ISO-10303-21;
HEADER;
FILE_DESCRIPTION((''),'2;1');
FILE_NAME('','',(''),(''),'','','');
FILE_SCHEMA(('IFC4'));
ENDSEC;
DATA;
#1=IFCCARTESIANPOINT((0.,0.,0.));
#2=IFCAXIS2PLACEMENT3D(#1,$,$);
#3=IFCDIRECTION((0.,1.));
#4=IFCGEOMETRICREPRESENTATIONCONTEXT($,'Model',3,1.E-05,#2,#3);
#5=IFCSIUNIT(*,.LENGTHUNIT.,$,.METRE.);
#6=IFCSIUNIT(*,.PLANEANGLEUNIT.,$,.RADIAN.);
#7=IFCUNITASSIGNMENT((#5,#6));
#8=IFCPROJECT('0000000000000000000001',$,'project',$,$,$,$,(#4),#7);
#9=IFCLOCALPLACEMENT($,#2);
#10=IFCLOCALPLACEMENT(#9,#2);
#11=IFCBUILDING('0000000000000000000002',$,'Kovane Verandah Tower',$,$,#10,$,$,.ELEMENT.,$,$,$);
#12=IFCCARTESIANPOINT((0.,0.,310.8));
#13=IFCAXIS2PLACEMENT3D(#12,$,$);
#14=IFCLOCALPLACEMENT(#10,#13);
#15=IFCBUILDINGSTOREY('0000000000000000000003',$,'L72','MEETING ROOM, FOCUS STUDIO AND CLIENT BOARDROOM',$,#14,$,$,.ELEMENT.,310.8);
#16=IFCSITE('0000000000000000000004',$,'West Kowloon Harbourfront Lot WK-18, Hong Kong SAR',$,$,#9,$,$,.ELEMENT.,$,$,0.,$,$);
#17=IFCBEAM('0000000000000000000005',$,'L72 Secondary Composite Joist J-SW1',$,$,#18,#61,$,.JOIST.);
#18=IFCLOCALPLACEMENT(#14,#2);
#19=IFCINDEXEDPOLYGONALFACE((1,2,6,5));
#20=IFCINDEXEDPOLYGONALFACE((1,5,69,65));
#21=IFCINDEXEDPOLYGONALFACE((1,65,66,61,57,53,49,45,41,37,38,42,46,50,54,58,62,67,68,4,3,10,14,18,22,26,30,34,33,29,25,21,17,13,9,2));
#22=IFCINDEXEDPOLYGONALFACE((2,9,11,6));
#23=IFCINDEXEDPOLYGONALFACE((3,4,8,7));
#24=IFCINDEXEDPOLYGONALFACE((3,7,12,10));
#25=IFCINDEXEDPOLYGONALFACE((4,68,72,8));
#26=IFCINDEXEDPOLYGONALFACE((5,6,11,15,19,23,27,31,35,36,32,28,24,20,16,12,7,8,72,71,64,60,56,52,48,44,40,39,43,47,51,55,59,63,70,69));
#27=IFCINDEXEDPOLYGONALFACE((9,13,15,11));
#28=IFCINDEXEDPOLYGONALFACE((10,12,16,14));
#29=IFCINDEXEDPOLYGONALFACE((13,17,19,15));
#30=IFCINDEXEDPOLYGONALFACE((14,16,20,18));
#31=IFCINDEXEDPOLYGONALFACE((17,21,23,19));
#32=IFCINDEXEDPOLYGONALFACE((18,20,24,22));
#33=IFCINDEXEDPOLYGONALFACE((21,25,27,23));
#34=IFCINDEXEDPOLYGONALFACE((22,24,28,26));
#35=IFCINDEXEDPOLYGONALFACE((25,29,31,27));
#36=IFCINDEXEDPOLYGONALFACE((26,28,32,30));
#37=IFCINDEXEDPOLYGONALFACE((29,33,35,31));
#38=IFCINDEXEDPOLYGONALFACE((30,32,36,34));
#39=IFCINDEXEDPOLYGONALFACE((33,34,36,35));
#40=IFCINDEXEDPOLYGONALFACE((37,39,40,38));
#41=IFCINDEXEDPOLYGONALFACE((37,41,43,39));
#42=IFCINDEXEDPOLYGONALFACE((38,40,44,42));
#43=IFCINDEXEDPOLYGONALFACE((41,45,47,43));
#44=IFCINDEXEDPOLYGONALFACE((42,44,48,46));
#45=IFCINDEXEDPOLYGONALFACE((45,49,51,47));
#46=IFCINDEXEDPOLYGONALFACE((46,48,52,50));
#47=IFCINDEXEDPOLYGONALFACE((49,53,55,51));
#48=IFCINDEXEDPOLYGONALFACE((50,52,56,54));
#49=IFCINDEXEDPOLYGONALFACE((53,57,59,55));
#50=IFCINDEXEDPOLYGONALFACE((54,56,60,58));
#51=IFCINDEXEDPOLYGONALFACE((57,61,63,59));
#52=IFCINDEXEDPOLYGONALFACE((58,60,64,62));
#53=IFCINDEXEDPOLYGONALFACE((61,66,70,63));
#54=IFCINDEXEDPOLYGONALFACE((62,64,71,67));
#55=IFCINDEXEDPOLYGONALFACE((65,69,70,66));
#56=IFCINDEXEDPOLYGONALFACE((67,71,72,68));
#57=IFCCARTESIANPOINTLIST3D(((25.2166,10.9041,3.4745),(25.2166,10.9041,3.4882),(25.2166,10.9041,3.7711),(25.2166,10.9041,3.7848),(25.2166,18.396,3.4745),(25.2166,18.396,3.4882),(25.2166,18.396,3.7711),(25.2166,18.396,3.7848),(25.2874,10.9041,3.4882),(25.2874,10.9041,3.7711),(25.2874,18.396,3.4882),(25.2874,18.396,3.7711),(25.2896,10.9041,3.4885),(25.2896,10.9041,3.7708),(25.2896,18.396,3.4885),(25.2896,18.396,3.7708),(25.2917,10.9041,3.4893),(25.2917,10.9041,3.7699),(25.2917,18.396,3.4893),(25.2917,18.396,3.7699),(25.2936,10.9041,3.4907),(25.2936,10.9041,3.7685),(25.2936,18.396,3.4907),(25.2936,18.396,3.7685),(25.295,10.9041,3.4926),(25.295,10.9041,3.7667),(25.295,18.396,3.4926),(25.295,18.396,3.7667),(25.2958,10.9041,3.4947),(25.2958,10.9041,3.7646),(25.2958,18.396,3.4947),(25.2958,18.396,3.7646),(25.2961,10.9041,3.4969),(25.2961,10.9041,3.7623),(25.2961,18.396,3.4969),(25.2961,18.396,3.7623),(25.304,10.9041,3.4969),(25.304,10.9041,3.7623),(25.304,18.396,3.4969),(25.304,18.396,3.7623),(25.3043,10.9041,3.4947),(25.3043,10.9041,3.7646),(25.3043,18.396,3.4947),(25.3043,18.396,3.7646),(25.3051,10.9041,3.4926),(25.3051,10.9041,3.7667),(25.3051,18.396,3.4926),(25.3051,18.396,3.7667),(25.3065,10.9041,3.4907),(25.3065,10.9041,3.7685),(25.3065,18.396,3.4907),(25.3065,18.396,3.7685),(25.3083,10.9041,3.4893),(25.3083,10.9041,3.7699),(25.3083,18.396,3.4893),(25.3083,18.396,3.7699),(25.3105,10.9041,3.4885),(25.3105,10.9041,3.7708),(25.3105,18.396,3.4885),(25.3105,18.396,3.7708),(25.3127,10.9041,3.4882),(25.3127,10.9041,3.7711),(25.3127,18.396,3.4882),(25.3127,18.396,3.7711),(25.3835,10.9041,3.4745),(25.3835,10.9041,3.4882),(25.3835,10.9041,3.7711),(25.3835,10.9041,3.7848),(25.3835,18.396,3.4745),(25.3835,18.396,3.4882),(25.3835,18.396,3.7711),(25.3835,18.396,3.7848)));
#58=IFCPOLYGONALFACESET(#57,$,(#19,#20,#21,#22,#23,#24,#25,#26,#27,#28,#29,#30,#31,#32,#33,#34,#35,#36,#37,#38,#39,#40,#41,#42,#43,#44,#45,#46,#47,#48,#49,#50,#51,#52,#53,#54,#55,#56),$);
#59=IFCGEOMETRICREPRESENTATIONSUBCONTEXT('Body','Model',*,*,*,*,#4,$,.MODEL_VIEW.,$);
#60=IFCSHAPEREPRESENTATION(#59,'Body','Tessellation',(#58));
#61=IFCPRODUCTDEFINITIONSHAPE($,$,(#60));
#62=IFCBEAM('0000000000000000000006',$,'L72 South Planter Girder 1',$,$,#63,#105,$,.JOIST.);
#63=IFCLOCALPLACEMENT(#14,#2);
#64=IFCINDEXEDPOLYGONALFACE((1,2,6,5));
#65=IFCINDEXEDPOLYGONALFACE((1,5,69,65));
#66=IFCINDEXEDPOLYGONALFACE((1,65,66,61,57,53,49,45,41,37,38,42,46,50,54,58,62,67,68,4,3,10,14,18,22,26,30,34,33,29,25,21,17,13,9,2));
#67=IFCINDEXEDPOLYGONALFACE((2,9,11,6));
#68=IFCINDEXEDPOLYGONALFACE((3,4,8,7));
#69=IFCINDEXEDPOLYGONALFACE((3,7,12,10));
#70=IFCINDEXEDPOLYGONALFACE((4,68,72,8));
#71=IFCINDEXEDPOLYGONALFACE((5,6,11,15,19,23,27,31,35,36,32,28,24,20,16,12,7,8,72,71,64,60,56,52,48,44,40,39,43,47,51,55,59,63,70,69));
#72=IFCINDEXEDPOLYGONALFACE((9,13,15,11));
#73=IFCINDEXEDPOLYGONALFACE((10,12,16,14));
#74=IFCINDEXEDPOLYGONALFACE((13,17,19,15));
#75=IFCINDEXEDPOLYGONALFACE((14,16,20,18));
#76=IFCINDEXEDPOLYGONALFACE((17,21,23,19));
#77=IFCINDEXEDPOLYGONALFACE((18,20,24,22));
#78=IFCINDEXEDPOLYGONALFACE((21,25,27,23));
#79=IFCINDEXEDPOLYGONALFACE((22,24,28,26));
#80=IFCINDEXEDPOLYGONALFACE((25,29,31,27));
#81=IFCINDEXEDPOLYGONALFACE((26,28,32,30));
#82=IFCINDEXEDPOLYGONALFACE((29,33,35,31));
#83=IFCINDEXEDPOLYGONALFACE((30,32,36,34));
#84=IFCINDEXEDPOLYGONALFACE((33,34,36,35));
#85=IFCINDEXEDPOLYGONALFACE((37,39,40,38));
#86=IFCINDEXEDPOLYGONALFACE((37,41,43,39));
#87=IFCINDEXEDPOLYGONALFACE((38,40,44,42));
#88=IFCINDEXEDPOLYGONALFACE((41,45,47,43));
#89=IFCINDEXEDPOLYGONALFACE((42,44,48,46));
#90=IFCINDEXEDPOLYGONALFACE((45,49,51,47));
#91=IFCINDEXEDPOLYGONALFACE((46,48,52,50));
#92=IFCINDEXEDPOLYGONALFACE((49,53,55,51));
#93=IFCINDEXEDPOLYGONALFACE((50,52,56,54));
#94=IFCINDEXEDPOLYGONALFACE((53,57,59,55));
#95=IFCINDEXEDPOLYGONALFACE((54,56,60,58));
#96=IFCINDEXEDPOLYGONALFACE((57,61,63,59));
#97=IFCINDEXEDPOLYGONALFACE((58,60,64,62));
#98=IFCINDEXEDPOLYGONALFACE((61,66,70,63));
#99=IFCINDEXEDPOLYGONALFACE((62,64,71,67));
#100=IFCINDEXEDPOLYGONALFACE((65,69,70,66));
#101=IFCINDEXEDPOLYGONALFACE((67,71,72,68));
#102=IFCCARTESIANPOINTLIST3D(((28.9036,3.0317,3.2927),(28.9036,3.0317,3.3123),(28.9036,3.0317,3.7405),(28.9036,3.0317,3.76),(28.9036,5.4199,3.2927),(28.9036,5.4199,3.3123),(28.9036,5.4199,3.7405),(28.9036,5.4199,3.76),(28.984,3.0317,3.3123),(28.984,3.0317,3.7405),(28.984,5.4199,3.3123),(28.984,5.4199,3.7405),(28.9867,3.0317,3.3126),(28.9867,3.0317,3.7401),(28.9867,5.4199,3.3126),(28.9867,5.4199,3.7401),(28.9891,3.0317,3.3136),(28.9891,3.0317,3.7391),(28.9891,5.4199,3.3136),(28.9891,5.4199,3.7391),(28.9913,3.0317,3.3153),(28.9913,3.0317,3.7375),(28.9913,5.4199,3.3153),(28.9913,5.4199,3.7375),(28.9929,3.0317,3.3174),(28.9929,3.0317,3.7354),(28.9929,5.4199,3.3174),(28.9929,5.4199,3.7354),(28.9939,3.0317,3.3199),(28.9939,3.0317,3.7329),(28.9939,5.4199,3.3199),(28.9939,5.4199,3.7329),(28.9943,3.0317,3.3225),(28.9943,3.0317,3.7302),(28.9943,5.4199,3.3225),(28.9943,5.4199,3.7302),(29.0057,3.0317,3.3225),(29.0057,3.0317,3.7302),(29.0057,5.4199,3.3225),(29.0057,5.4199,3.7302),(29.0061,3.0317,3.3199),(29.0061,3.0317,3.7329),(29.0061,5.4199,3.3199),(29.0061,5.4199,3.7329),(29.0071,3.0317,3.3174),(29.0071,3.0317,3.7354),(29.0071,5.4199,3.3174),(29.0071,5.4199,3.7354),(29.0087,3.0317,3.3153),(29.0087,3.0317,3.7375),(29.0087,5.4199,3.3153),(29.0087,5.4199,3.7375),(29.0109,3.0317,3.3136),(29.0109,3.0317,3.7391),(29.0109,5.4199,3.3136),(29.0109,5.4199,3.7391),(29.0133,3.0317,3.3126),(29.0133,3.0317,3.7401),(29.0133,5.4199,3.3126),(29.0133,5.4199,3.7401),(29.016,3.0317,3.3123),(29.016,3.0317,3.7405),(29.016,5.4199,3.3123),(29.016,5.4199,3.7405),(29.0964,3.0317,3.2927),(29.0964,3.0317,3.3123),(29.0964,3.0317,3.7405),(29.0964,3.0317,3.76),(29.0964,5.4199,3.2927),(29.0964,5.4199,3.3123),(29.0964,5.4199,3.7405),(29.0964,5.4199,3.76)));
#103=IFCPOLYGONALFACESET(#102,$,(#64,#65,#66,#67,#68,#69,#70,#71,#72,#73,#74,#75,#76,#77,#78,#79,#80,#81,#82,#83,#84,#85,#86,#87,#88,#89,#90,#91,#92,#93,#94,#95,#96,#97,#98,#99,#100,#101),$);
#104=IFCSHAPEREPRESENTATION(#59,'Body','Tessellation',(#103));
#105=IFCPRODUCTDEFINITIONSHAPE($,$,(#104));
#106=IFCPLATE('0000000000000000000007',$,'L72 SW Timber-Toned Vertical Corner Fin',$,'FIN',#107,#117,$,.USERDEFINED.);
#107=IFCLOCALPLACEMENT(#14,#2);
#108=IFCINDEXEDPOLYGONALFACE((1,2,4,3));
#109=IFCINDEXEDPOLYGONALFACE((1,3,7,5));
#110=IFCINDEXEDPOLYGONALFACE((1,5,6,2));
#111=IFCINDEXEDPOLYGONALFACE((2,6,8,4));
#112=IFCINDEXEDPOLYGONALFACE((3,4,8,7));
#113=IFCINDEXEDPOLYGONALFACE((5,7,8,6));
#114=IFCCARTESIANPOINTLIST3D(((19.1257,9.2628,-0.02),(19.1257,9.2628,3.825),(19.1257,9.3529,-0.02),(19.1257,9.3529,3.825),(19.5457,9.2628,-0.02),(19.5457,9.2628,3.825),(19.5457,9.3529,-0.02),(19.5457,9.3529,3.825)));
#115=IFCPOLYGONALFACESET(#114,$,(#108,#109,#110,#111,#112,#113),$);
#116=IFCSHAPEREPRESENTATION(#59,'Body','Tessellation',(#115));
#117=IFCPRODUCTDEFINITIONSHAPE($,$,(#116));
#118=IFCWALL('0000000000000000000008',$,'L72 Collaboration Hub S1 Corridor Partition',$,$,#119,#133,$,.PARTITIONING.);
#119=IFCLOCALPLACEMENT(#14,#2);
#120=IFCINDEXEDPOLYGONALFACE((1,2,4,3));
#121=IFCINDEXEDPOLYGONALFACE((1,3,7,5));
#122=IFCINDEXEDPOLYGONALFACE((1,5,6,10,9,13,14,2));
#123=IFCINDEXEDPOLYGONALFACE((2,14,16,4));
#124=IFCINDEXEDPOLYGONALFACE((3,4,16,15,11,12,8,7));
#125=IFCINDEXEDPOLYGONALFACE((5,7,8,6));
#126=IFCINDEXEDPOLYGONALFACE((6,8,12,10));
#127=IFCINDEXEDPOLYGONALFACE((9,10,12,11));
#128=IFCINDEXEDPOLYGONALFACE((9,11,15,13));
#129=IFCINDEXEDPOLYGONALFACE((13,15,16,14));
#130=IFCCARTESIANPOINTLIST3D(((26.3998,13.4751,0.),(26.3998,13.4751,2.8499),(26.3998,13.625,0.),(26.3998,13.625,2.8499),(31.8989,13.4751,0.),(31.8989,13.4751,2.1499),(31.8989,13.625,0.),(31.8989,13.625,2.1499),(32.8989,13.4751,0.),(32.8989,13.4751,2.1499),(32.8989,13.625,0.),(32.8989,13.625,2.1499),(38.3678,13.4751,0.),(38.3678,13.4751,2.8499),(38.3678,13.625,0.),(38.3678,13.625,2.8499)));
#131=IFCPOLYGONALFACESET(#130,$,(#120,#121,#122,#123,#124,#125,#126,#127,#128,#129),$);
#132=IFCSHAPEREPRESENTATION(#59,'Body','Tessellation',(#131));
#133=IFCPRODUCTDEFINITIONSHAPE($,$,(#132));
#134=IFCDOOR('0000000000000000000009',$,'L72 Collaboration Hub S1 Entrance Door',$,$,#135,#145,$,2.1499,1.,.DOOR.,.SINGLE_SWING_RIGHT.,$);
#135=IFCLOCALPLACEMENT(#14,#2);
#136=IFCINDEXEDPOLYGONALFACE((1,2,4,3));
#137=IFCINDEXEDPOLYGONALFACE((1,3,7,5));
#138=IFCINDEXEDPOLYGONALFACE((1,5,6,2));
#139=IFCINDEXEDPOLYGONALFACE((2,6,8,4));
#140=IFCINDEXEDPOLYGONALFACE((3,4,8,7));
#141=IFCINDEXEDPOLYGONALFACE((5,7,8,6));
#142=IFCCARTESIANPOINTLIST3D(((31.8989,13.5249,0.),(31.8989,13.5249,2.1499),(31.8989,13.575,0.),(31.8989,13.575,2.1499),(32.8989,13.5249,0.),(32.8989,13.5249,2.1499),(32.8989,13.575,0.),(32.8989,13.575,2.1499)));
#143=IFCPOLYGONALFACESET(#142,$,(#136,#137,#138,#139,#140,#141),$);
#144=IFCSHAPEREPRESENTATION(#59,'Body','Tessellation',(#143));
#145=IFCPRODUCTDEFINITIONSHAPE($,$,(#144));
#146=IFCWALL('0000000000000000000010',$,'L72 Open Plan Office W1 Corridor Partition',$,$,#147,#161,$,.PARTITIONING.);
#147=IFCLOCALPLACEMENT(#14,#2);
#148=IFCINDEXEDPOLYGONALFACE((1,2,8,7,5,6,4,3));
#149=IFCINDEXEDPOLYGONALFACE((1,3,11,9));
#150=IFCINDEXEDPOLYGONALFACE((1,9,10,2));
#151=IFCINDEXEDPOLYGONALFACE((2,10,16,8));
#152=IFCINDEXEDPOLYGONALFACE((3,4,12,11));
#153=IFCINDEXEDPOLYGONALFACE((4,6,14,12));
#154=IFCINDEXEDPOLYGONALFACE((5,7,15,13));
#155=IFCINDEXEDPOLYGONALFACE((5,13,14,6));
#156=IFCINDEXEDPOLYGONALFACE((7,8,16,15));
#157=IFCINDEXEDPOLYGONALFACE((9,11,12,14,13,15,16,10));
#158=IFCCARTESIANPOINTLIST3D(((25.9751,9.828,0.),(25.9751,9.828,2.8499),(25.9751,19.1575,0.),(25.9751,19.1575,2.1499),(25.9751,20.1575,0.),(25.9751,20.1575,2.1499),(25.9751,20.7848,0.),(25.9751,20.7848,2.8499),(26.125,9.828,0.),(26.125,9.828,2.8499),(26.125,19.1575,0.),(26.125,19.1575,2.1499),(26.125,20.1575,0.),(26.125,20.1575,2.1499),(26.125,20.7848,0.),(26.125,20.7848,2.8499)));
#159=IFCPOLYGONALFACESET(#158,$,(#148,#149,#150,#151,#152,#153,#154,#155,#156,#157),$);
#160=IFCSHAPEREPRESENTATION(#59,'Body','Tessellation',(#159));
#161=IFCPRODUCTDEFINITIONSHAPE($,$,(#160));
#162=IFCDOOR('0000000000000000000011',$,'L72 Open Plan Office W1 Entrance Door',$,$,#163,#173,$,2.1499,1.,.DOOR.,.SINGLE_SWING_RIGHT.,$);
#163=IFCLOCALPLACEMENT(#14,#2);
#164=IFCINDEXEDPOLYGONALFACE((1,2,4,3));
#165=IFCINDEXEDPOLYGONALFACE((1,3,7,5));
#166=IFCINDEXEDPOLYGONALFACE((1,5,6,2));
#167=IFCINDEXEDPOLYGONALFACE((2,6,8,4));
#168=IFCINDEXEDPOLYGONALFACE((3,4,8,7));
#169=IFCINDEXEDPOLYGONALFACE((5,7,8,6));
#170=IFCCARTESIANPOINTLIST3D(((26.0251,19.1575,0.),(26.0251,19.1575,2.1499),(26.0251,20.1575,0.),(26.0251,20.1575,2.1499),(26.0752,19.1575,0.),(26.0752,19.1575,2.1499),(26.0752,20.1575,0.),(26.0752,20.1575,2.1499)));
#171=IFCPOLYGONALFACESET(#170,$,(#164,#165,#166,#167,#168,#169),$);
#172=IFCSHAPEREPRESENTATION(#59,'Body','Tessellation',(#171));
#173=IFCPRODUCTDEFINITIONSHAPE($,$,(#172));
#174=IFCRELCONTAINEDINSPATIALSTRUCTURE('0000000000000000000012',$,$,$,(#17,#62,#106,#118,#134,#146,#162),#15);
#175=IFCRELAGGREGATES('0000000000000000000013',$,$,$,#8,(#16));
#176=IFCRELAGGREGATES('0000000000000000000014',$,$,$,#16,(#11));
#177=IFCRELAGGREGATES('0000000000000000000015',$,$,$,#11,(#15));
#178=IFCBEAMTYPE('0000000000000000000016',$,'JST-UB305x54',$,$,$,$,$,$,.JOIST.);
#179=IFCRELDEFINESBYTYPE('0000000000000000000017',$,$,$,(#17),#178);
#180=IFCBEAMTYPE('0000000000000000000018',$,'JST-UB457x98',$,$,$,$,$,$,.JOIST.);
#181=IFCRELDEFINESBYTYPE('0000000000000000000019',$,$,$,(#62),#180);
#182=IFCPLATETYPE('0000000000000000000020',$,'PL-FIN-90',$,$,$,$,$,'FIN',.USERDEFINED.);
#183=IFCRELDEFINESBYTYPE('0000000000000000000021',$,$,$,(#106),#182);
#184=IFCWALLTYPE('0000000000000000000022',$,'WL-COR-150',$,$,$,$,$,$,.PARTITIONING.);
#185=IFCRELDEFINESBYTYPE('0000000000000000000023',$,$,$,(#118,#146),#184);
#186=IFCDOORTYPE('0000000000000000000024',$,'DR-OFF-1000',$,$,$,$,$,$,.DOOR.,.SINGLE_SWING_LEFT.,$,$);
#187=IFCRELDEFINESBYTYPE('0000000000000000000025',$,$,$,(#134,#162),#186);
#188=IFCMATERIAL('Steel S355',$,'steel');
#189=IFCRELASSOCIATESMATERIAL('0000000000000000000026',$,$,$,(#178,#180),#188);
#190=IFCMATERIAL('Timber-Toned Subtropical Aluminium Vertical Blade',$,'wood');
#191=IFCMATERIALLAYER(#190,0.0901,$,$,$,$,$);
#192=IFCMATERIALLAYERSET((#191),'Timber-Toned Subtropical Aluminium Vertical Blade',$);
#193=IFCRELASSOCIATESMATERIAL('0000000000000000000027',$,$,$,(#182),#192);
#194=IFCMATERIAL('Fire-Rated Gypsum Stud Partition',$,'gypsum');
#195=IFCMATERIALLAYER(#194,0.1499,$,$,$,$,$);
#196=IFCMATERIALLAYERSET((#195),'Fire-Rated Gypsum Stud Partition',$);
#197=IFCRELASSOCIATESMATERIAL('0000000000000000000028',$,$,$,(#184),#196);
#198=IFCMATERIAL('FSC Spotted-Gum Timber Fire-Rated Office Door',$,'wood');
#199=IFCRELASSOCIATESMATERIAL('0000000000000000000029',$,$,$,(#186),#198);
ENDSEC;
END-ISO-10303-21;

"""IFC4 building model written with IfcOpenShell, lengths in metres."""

from ifc_helpers import new_model, si_unit, direction, frame, frame_2d, origin, origin_2d, place, context, subcontext, project, spatial, rectangle, i_section, extrude, material, layer, layer_set, material_profile, profile_set, type_object, element, fill, save


model = new_model("IFC4")

# Units and contexts
model_context = context("Model", 3, precision=1e-05, world=origin(), true_north=direction((0.0, 1.0)))
body_context = subcontext(model_context, "Body", "Model", "MODEL_VIEW")
ifc_project = project(units=[si_unit("LENGTHUNIT", "METRE"), si_unit("PLANEANGLEUNIT", "RADIAN")], contexts=[model_context])

# Site, building, storey
site_placement = place(None, origin())
site = spatial("IfcSite", under=ifc_project, at=site_placement, Name="West Kowloon Harbourfront Lot WK-18, Hong Kong SAR", CompositionType="ELEMENT", RefElevation=0.0)
building_placement = place(site_placement, origin())
building = spatial("IfcBuilding", under=site, at=building_placement, Name="Kovane Verandah Tower", CompositionType="ELEMENT")
storey_placement = place(building_placement, frame((0.0, 0.0, 310.8)))
storey = spatial("IfcBuildingStorey", under=building, at=storey_placement, Name="L72", Description="MEETING ROOM, FOCUS STUDIO AND CLIENT BOARDROOM", CompositionType="ELEMENT", Elevation=310.8)

# Beams
ifc_material_1 = material(Name="Steel S355", Category="steel")
ifc_material_profile_1 = material_profile(ifc_material_1, i_section(OverallWidth=0.167, OverallDepth=0.3103, WebThickness=0.0078, FlangeThickness=0.0137, FilletRadius=0.0088, at=origin_2d()), Name="UB305x165x54")
ifc_profile_set_1 = profile_set([ifc_material_profile_1], Name="Steel S355")
beam_type_1 = type_object("IfcBeamType", Name="JST-UB305x54", PredefinedType="JOIST", material=ifc_profile_set_1)
beam_1_placement = place(storey_placement, frame((25.3, 10.9041, 3.6296), z_axis=(0.0, 1.0, 0.0), x_axis=(-1.0, 0.0, 0.0)))
element("IfcBeam", 1, at=beam_1_placement, inside=storey, type_object=beam_type_1, Name="L72 Secondary Composite Joist J-SW1", PredefinedType="JOIST", context=body_context, shape_type="SweptSolid", body=[
    extrude(i_section(OverallWidth=0.167, OverallDepth=0.3103, WebThickness=0.0078, FlangeThickness=0.0137, FilletRadius=0.0088, at=origin_2d()), origin(), (0.0, 0.0, 1.0), 7.4919),
])
ifc_material_profile_2 = material_profile(ifc_material_1, i_section(OverallWidth=0.1929, OverallDepth=0.4673, WebThickness=0.0115, FlangeThickness=0.0195, FilletRadius=0.0103, at=origin_2d()), Name="UB457x191x98")
ifc_profile_set_2 = profile_set([ifc_material_profile_2], Name="Steel S355")
beam_type_2 = type_object("IfcBeamType", Name="JST-UB457x98", PredefinedType="JOIST", material=ifc_profile_set_2)
beam_2_placement = place(storey_placement, frame((29.0, 5.4199, 3.5264), z_axis=(0.0, -1.0, 0.0), x_axis=(1.0, 0.0, 0.0)))
element("IfcBeam", 2, at=beam_2_placement, inside=storey, type_object=beam_type_2, Name="L72 South Planter Girder 1", PredefinedType="JOIST", context=body_context, shape_type="SweptSolid", body=[
    extrude(i_section(OverallWidth=0.1929, OverallDepth=0.4673, WebThickness=0.0115, FlangeThickness=0.0195, FilletRadius=0.0103, at=origin_2d()), origin(), (0.0, 0.0, 1.0), 2.3882),
])

# Plate
ifc_material_2 = material(Name="Timber-Toned Subtropical Aluminium Vertical Blade", Category="wood")
ifc_layer_1 = layer(ifc_material_2, 0.0901)
ifc_layer_set_1 = layer_set([ifc_layer_1], Name="Timber-Toned Subtropical Aluminium Vertical Blade")
plate_type = type_object("IfcPlateType", Name="PL-FIN-90", ElementType="FIN", PredefinedType="USERDEFINED", material=ifc_layer_set_1)
plate_placement = place(storey_placement, frame((19.3357, 9.3079, -0.02), z_axis=(0.0, 0.0, 1.0), x_axis=(1.0, 0.0, 0.0)))
element("IfcPlate", 3, at=plate_placement, inside=storey, type_object=plate_type, Name="L72 SW Timber-Toned Vertical Corner Fin", ObjectType="FIN", PredefinedType="USERDEFINED", context=body_context, shape_type="SweptSolid", body=[
    extrude(rectangle(XDim=0.4199, YDim=0.0901, at=origin_2d()), origin(), (0.0, 0.0, 1.0), 3.845),
])

# Walls, openings, doors
ifc_material_3 = material(Name="Fire-Rated Gypsum Stud Partition", Category="gypsum")
ifc_layer_2 = layer(ifc_material_3, 0.1499)
ifc_layer_set_2 = layer_set([ifc_layer_2], Name="Fire-Rated Gypsum Stud Partition")
wall_type_1 = type_object("IfcWallType", Name="WL-COR-150", PredefinedType="PARTITIONING", material=ifc_layer_set_2)
wall_1_placement = place(storey_placement, frame((26.3999, 13.55, 0.0), z_axis=(0.0, 0.0, 1.0), x_axis=(1.0, 0.0, 0.0)))
wall_1 = element("IfcWall", 4, at=wall_1_placement, inside=storey, type_object=wall_type_1, Name="L72 Collaboration Hub S1 Corridor Partition", PredefinedType="PARTITIONING", context=body_context, shape_type="SweptSolid", body=[
    extrude(rectangle(XDim=11.968, YDim=0.1499, at=frame_2d((5.9839, 0.0))), origin(), (0.0, 0.0, 1.0), 2.8499),
])
opening_1_placement = place(wall_1_placement, frame((5.499, 0.0, 0.0)))
opening_1 = element("IfcOpeningElement", 5, at=opening_1_placement, cuts=wall_1, PredefinedType="OPENING", context=body_context, shape_type="SweptSolid", body=[
    extrude(rectangle(XDim=1.0, YDim=2.1499, at=frame_2d((0.5, 1.075))), frame((0.0, 0.075, 0.0), z_axis=(0.0, -1.0, 0.0), x_axis=(1.0, 0.0, 0.0)), (0.0, 0.0, 1.0), 0.1499),
])
ifc_material_4 = material(Name="FSC Spotted-Gum Timber Fire-Rated Office Door", Category="wood")
door_type_1 = type_object("IfcDoorType", Name="DR-OFF-1000", OperationType="SINGLE_SWING_LEFT", PredefinedType="DOOR", material=ifc_material_4)
door_1_placement = place(opening_1_placement, origin())
door_1 = element("IfcDoor", 6, at=door_1_placement, inside=storey, type_object=door_type_1, Name="L72 Collaboration Hub S1 Entrance Door", OperationType="SINGLE_SWING_RIGHT", OverallHeight=2.1499, OverallWidth=1.0, PredefinedType="DOOR", context=body_context, shape_type="SweptSolid", body=[
    extrude(rectangle(XDim=1.0, YDim=2.1499, at=frame_2d((0.5, 1.075))), frame((0.0, 0.0249, 0.0), z_axis=(0.0, -1.0, 0.0), x_axis=(1.0, 0.0, 0.0)), (0.0, 0.0, 1.0), 0.05),
])
fill(opening_1, door_1)
wall_2_placement = place(storey_placement, frame((26.05, 9.8279, 0.0), z_axis=(0.0, 0.0, 1.0), x_axis=(0.0, 1.0, 0.0)))
wall_2 = element("IfcWall", 7, at=wall_2_placement, inside=storey, type_object=wall_type_1, Name="L72 Open Plan Office W1 Corridor Partition", PredefinedType="PARTITIONING", context=body_context, shape_type="SweptSolid", body=[
    extrude(rectangle(XDim=10.9568, YDim=0.1499, at=frame_2d((5.4785, 0.0))), origin(), (0.0, 0.0, 1.0), 2.8499),
])
opening_2_placement = place(wall_2_placement, frame((9.3296, 0.0, 0.0)))
opening_2 = element("IfcOpeningElement", 8, at=opening_2_placement, cuts=wall_2, PredefinedType="OPENING", context=body_context, shape_type="SweptSolid", body=[
    extrude(rectangle(XDim=1.0, YDim=2.1499, at=frame_2d((0.5, 1.075))), frame((0.0, 0.075, 0.0), z_axis=(0.0, -1.0, 0.0), x_axis=(1.0, 0.0, 0.0)), (0.0, 0.0, 1.0), 0.1499),
])
door_2_placement = place(opening_2_placement, origin())
door_2 = element("IfcDoor", 9, at=door_2_placement, inside=storey, type_object=door_type_1, Name="L72 Open Plan Office W1 Entrance Door", OperationType="SINGLE_SWING_RIGHT", OverallHeight=2.1499, OverallWidth=1.0, PredefinedType="DOOR", context=body_context, shape_type="SweptSolid", body=[
    extrude(rectangle(XDim=1.0, YDim=2.1499, at=frame_2d((0.5, 1.075))), frame((0.0, 0.0249, 0.0), z_axis=(0.0, -1.0, 0.0), x_axis=(1.0, 0.0, 0.0)), (0.0, 0.0, 1.0), 0.05),
])
fill(opening_2, door_2)

save(model, "model.ifc")
